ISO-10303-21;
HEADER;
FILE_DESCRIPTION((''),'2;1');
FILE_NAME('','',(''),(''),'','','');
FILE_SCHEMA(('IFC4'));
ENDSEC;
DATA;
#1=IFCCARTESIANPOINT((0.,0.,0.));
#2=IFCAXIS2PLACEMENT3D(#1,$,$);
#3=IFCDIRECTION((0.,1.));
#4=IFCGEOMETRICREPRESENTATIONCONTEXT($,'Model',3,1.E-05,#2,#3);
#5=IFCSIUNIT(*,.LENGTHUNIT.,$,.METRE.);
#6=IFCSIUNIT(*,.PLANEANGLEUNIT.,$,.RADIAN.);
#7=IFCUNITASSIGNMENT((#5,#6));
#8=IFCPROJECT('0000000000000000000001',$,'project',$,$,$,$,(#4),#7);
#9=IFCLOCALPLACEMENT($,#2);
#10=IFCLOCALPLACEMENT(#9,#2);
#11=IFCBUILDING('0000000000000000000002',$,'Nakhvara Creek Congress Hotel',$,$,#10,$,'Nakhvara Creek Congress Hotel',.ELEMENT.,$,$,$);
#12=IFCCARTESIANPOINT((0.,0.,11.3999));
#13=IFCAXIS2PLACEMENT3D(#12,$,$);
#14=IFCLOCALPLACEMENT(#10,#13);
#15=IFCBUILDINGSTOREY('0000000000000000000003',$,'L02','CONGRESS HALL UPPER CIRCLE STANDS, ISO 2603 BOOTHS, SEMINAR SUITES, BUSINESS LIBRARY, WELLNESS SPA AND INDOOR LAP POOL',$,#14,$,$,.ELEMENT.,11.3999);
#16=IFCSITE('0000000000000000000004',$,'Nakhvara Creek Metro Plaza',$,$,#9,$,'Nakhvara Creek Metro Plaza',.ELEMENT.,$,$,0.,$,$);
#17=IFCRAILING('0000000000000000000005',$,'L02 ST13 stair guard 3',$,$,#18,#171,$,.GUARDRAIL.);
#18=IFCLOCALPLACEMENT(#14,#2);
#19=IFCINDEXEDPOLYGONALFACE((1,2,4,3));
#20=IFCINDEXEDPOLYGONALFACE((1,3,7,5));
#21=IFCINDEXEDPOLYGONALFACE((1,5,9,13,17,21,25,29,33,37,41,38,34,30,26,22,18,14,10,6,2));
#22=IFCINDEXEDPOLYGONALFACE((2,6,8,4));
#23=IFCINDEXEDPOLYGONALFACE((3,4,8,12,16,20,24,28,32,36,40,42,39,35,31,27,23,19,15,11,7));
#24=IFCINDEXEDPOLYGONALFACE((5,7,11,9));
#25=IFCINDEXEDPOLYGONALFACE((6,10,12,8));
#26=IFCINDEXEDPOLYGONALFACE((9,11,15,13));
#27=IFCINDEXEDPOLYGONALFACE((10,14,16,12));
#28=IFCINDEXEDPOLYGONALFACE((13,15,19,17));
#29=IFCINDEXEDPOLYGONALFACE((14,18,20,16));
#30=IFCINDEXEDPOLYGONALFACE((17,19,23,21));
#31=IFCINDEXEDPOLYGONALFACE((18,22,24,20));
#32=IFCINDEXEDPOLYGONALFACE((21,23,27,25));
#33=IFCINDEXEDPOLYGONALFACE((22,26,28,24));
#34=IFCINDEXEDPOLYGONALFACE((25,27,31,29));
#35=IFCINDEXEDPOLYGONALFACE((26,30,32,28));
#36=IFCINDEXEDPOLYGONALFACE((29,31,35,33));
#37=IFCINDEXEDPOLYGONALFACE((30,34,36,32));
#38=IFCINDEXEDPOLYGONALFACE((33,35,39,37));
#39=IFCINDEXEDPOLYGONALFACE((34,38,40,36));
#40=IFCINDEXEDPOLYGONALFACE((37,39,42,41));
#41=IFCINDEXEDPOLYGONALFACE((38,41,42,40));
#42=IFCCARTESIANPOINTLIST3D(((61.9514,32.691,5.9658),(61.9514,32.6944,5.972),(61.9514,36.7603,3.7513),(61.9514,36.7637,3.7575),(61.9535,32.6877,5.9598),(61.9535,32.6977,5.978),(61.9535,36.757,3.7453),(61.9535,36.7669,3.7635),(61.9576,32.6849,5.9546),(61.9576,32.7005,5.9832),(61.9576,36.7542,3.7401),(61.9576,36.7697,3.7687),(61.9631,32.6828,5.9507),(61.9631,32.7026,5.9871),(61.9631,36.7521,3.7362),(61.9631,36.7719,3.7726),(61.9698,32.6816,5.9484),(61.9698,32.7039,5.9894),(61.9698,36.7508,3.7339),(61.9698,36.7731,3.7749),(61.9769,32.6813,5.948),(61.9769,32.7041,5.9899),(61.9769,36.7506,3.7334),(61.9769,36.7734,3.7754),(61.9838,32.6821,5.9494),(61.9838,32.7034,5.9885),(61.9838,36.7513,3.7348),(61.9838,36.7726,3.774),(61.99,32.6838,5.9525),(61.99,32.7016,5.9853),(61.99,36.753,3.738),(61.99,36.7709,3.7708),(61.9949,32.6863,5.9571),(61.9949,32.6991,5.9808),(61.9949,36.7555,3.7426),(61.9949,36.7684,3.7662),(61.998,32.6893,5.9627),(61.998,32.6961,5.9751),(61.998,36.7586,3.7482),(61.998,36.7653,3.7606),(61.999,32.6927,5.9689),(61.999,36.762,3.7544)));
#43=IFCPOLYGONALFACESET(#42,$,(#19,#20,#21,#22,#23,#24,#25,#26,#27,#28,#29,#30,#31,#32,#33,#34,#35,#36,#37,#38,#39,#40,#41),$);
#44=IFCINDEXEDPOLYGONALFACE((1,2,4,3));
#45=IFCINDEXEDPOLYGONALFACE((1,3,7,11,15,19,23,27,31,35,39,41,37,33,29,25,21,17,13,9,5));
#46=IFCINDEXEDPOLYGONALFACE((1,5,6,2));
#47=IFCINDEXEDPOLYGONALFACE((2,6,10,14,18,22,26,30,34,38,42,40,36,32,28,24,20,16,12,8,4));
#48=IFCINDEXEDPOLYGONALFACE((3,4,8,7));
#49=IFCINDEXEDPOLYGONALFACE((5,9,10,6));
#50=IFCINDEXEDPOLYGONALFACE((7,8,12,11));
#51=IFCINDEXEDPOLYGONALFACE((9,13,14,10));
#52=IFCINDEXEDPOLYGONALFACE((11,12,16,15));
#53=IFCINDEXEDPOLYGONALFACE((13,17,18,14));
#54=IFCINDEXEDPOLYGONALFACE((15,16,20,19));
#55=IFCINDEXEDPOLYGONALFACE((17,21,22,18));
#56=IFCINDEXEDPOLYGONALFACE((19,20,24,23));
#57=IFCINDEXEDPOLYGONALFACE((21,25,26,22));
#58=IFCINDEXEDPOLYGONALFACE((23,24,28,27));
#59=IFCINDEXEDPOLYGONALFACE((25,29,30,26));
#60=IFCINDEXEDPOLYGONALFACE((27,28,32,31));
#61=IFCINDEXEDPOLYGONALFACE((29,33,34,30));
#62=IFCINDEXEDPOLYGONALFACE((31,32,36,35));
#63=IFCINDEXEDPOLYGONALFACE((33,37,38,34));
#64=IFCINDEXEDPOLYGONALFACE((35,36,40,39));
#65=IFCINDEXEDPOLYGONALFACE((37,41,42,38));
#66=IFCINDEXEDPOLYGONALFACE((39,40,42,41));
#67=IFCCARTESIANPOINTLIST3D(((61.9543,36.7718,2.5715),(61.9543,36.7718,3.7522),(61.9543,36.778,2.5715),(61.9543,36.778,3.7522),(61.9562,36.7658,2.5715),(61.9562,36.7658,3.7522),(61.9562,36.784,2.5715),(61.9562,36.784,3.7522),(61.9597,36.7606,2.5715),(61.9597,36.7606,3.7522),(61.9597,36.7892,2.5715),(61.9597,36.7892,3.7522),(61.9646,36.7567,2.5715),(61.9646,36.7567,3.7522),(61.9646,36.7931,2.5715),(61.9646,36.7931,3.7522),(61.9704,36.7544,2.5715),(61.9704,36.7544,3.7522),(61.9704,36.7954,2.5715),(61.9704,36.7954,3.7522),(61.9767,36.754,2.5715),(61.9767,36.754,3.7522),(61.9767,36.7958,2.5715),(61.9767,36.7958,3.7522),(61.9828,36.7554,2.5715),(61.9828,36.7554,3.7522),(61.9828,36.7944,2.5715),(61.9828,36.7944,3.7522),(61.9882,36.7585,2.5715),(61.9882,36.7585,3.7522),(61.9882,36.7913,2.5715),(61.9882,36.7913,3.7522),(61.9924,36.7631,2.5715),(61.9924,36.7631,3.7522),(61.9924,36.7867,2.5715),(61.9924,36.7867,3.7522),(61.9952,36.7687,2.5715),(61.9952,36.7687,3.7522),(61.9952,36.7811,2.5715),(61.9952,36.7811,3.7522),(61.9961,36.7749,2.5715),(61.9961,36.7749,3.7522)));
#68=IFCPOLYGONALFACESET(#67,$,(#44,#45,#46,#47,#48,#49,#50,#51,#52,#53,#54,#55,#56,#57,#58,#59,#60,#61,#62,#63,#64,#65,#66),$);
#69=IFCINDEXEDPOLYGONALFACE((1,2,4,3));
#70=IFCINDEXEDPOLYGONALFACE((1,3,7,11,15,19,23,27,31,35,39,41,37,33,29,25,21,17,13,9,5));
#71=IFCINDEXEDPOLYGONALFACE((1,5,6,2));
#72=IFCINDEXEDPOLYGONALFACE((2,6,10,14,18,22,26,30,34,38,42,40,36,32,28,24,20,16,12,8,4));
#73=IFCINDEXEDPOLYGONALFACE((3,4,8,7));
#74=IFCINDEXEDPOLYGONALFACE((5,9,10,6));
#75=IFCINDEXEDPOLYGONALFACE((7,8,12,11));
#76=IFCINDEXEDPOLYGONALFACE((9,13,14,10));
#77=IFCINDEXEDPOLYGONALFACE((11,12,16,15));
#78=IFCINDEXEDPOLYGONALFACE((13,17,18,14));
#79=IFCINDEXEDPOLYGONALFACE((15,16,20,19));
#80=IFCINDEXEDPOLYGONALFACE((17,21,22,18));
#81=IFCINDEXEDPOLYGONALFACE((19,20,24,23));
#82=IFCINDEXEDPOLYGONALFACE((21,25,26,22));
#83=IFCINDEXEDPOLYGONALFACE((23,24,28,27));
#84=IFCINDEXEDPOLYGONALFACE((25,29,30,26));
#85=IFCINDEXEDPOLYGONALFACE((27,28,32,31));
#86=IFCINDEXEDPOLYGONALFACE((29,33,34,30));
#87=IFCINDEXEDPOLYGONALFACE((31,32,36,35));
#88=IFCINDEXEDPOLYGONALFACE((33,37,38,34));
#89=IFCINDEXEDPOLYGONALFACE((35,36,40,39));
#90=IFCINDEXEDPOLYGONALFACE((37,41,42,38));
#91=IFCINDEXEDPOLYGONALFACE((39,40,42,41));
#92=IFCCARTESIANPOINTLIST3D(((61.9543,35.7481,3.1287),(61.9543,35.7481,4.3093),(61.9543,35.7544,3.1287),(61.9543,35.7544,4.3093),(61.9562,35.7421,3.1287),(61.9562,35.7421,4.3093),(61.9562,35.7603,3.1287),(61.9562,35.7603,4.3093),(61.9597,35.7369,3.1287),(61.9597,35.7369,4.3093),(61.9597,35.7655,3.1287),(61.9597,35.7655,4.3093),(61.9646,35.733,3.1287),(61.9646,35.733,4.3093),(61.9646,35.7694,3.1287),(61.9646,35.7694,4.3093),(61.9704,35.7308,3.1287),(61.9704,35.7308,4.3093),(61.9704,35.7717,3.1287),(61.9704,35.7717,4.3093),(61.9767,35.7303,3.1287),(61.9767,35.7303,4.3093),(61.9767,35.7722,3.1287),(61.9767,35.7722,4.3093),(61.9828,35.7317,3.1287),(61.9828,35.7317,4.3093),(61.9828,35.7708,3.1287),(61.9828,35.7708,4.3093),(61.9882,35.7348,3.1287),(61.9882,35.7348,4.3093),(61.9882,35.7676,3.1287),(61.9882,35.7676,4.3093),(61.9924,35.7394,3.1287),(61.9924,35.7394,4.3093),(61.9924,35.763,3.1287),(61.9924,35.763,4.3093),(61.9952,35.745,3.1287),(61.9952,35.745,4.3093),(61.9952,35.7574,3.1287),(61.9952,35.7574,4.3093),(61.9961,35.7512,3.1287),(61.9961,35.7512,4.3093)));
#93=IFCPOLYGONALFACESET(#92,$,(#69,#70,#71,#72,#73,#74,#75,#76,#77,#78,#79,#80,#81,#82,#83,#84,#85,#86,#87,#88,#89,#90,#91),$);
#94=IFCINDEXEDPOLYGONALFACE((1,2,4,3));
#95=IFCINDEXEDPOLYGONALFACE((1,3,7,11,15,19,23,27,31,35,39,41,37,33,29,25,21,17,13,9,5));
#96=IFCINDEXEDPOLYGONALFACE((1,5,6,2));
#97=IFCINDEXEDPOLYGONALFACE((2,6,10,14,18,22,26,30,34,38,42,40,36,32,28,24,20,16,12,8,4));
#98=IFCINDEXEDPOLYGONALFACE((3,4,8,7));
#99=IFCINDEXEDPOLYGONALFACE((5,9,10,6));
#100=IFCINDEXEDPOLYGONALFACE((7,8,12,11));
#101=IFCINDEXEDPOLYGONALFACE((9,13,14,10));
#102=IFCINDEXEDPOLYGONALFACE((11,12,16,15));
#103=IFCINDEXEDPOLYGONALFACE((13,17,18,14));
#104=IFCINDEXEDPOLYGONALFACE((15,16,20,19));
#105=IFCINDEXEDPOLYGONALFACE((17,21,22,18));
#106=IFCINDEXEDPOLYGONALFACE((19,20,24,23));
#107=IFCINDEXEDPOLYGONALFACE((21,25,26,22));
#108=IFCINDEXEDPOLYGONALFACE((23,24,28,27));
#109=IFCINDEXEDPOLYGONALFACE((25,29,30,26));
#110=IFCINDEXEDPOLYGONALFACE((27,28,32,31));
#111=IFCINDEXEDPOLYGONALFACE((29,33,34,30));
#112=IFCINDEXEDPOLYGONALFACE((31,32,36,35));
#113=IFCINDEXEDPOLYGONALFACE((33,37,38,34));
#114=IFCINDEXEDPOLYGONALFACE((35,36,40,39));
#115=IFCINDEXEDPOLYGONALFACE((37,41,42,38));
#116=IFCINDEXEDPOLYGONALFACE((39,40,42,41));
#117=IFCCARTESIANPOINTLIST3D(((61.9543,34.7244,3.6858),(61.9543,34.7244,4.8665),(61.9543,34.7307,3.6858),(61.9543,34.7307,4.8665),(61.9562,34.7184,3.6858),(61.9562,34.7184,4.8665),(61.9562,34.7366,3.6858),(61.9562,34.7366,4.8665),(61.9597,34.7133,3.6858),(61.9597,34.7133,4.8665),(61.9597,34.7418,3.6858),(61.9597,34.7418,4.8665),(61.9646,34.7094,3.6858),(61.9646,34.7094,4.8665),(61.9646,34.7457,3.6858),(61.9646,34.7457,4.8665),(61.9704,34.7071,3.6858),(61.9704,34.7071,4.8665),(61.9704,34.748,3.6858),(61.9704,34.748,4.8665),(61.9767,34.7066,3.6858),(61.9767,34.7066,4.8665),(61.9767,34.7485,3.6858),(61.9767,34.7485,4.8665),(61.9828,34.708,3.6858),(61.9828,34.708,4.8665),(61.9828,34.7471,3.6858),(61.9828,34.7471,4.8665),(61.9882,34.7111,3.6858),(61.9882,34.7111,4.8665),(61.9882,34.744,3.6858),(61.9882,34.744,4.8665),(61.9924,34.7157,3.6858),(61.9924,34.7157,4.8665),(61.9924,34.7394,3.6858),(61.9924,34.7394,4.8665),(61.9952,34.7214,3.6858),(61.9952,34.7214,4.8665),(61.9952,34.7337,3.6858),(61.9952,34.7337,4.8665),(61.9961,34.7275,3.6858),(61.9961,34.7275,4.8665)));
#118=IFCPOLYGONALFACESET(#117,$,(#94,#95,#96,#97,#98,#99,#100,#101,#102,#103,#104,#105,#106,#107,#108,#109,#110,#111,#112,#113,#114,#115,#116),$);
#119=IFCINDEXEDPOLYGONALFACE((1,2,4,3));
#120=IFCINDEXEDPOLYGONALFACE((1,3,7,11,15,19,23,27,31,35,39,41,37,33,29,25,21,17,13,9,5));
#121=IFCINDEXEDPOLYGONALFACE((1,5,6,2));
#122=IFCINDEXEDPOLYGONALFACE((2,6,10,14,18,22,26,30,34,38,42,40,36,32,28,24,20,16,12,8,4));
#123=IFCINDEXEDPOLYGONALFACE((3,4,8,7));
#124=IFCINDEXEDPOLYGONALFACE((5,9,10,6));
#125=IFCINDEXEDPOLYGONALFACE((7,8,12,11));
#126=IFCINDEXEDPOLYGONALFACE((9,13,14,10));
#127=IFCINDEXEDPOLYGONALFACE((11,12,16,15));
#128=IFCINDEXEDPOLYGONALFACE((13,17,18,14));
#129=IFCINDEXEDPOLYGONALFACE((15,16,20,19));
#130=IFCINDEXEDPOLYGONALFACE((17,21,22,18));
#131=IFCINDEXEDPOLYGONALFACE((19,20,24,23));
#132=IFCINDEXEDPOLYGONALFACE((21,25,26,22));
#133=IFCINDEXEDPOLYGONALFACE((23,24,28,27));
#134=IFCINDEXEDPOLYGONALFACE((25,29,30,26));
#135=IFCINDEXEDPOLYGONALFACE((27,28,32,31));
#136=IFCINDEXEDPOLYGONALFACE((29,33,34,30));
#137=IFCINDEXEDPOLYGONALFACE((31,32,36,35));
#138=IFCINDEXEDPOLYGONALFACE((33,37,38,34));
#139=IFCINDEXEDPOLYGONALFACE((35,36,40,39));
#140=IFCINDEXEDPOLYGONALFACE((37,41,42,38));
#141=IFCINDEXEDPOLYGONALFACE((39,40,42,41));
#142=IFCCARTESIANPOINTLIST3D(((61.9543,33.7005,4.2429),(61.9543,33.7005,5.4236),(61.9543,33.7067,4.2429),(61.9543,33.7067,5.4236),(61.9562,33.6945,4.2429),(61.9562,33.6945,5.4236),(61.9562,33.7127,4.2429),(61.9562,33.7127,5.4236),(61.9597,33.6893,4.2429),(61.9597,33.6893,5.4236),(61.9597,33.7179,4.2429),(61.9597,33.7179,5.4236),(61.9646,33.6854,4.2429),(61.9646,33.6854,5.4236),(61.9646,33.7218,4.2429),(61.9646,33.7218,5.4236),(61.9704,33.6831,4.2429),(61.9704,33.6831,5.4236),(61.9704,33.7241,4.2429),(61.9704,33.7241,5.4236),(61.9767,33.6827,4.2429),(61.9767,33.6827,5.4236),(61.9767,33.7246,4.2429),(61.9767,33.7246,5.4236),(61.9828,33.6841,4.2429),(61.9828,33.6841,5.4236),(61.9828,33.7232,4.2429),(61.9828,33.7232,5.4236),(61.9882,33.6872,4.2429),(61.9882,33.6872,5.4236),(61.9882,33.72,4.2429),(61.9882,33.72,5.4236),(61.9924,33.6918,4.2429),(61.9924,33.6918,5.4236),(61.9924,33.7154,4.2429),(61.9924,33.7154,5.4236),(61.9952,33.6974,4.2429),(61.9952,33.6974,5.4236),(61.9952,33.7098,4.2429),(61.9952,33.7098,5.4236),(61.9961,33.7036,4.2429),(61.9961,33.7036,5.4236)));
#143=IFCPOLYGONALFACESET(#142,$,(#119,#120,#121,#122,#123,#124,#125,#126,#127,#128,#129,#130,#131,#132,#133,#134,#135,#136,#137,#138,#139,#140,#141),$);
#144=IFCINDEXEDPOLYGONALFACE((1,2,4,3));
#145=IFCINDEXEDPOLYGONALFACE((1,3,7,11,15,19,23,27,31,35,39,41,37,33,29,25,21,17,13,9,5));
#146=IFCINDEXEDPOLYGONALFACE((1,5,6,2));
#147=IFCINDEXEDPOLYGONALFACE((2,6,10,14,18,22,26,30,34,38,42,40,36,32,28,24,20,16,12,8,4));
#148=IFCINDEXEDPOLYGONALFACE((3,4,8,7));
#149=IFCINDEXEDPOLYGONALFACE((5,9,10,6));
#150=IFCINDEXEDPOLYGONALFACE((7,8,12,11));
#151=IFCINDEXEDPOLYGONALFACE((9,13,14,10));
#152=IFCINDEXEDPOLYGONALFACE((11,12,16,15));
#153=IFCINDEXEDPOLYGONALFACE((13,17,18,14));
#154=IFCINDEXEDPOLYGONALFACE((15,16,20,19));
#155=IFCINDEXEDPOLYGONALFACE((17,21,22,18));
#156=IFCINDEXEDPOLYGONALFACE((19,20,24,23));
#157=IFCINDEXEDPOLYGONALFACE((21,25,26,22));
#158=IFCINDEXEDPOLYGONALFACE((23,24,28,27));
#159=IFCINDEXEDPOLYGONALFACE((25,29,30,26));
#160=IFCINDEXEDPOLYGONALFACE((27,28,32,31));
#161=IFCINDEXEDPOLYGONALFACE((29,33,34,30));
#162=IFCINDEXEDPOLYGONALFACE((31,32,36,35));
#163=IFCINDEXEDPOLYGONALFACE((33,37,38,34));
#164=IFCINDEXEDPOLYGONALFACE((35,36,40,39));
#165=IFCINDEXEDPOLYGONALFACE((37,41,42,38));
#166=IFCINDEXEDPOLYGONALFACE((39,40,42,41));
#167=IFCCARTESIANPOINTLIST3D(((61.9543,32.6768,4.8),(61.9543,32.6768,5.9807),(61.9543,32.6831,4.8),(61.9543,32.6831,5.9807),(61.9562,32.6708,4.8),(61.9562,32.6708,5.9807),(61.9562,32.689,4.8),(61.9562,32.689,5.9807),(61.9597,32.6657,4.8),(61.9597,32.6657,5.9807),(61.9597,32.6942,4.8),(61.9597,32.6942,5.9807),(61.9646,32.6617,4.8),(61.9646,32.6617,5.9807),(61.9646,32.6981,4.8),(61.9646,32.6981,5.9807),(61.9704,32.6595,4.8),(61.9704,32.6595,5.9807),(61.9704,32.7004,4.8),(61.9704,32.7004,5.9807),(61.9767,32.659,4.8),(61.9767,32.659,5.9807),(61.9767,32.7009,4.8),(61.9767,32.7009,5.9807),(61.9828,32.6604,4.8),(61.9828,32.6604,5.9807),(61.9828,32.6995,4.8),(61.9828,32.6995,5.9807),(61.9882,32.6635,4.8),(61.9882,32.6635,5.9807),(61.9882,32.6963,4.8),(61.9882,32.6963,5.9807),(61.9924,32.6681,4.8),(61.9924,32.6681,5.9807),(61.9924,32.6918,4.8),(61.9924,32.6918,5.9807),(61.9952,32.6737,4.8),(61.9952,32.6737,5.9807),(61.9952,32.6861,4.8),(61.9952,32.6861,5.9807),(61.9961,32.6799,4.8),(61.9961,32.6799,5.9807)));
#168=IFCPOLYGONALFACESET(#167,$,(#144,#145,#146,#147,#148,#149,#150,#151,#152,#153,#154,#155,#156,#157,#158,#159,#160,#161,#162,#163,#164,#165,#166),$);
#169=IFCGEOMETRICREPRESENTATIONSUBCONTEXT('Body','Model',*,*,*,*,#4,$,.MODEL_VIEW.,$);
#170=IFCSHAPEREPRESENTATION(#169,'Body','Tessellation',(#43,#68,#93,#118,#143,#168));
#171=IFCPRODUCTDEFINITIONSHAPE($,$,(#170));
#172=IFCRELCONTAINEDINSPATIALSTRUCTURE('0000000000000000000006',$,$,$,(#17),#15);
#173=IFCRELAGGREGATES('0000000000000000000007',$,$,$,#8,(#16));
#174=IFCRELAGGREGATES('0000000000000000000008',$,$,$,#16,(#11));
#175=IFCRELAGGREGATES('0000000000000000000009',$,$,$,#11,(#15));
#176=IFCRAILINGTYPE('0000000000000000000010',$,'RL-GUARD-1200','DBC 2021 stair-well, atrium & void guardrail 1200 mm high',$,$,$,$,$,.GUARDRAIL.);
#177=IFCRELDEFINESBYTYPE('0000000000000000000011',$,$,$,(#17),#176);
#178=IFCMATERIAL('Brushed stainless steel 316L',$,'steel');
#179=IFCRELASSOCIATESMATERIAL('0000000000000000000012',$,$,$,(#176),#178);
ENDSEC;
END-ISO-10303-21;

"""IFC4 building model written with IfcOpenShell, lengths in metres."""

from ifc_helpers import new_model, si_unit, direction, frame, origin, origin_2d, place, context, subcontext, project, spatial, circle, extrude, material, type_object, element, save


model = new_model("IFC4")

# Units and contexts
model_context = context("Model", 3, precision=1e-05, world=origin(), true_north=direction((0.0, 1.0)))
body_context = subcontext(model_context, "Body", "Model", "MODEL_VIEW")
ifc_project = project(units=[si_unit("LENGTHUNIT", "METRE"), si_unit("PLANEANGLEUNIT", "RADIAN")], contexts=[model_context])

# Site, building, storey
site_placement = place(None, origin())
site = spatial("IfcSite", under=ifc_project, at=site_placement, Name="Nakhvara Creek Metro Plaza", LongName="Nakhvara Creek Metro Plaza", CompositionType="ELEMENT", RefElevation=0.0)
building_placement = place(site_placement, origin())
building = spatial("IfcBuilding", under=site, at=building_placement, Name="Nakhvara Creek Congress Hotel", LongName="Nakhvara Creek Congress Hotel", CompositionType="ELEMENT")
storey_placement = place(building_placement, frame((0.0, 0.0, 11.3999)))
storey = spatial("IfcBuildingStorey", under=building, at=storey_placement, Name="L02", Description="CONGRESS HALL UPPER CIRCLE STANDS, ISO 2603 BOOTHS, SEMINAR SUITES, BUSINESS LIBRARY, WELLNESS SPA AND INDOOR LAP POOL", CompositionType="ELEMENT", Elevation=11.3999)

# Railing
ifc_material_1 = material(Name="Brushed stainless steel 316L", Category="steel")
railing_type_1 = type_object("IfcRailingType", Name="RL-GUARD-1200", Description="DBC 2021 stair-well, atrium & void guardrail 1200 mm high", PredefinedType="GUARDRAIL", material=ifc_material_1)
railing_1_placement = place(storey_placement, frame((61.9751, 36.7749, 2.5715)))
element("IfcRailing", 1, at=railing_1_placement, inside=storey, type_object=railing_type_1, Name="L02 ST13 stair guard 3", PredefinedType="GUARDRAIL", context=body_context, shape_type="SweptSolid", body=[
    extrude(circle(Radius=0.0239, at=origin_2d()), frame((0.0, -0.0129, 1.1829), z_axis=(0.0, -0.878355, 0.478008), x_axis=(1.0, 0.0, 0.0)), (0.0, 0.0, 1.0), 4.6328),
    extrude(circle(Radius=0.021, at=origin_2d()), origin(), (0.0, 0.0, 1.0), 1.1807),
    extrude(circle(Radius=0.021, at=origin_2d()), frame((0.0, -1.0237, 0.5571)), (0.0, 0.0, 1.0), 1.1807),
    extrude(circle(Radius=0.021, at=origin_2d()), frame((0.0, -2.0474, 1.1143)), (0.0, 0.0, 1.0), 1.1807),
    extrude(circle(Radius=0.021, at=origin_2d()), frame((0.0, -3.0713, 1.6714)), (0.0, 0.0, 1.0), 1.1807),
    extrude(circle(Radius=0.021, at=origin_2d()), frame((0.0, -4.095, 2.2285)), (0.0, 0.0, 1.0), 1.1807),
])

save(model, "model.ifc")
